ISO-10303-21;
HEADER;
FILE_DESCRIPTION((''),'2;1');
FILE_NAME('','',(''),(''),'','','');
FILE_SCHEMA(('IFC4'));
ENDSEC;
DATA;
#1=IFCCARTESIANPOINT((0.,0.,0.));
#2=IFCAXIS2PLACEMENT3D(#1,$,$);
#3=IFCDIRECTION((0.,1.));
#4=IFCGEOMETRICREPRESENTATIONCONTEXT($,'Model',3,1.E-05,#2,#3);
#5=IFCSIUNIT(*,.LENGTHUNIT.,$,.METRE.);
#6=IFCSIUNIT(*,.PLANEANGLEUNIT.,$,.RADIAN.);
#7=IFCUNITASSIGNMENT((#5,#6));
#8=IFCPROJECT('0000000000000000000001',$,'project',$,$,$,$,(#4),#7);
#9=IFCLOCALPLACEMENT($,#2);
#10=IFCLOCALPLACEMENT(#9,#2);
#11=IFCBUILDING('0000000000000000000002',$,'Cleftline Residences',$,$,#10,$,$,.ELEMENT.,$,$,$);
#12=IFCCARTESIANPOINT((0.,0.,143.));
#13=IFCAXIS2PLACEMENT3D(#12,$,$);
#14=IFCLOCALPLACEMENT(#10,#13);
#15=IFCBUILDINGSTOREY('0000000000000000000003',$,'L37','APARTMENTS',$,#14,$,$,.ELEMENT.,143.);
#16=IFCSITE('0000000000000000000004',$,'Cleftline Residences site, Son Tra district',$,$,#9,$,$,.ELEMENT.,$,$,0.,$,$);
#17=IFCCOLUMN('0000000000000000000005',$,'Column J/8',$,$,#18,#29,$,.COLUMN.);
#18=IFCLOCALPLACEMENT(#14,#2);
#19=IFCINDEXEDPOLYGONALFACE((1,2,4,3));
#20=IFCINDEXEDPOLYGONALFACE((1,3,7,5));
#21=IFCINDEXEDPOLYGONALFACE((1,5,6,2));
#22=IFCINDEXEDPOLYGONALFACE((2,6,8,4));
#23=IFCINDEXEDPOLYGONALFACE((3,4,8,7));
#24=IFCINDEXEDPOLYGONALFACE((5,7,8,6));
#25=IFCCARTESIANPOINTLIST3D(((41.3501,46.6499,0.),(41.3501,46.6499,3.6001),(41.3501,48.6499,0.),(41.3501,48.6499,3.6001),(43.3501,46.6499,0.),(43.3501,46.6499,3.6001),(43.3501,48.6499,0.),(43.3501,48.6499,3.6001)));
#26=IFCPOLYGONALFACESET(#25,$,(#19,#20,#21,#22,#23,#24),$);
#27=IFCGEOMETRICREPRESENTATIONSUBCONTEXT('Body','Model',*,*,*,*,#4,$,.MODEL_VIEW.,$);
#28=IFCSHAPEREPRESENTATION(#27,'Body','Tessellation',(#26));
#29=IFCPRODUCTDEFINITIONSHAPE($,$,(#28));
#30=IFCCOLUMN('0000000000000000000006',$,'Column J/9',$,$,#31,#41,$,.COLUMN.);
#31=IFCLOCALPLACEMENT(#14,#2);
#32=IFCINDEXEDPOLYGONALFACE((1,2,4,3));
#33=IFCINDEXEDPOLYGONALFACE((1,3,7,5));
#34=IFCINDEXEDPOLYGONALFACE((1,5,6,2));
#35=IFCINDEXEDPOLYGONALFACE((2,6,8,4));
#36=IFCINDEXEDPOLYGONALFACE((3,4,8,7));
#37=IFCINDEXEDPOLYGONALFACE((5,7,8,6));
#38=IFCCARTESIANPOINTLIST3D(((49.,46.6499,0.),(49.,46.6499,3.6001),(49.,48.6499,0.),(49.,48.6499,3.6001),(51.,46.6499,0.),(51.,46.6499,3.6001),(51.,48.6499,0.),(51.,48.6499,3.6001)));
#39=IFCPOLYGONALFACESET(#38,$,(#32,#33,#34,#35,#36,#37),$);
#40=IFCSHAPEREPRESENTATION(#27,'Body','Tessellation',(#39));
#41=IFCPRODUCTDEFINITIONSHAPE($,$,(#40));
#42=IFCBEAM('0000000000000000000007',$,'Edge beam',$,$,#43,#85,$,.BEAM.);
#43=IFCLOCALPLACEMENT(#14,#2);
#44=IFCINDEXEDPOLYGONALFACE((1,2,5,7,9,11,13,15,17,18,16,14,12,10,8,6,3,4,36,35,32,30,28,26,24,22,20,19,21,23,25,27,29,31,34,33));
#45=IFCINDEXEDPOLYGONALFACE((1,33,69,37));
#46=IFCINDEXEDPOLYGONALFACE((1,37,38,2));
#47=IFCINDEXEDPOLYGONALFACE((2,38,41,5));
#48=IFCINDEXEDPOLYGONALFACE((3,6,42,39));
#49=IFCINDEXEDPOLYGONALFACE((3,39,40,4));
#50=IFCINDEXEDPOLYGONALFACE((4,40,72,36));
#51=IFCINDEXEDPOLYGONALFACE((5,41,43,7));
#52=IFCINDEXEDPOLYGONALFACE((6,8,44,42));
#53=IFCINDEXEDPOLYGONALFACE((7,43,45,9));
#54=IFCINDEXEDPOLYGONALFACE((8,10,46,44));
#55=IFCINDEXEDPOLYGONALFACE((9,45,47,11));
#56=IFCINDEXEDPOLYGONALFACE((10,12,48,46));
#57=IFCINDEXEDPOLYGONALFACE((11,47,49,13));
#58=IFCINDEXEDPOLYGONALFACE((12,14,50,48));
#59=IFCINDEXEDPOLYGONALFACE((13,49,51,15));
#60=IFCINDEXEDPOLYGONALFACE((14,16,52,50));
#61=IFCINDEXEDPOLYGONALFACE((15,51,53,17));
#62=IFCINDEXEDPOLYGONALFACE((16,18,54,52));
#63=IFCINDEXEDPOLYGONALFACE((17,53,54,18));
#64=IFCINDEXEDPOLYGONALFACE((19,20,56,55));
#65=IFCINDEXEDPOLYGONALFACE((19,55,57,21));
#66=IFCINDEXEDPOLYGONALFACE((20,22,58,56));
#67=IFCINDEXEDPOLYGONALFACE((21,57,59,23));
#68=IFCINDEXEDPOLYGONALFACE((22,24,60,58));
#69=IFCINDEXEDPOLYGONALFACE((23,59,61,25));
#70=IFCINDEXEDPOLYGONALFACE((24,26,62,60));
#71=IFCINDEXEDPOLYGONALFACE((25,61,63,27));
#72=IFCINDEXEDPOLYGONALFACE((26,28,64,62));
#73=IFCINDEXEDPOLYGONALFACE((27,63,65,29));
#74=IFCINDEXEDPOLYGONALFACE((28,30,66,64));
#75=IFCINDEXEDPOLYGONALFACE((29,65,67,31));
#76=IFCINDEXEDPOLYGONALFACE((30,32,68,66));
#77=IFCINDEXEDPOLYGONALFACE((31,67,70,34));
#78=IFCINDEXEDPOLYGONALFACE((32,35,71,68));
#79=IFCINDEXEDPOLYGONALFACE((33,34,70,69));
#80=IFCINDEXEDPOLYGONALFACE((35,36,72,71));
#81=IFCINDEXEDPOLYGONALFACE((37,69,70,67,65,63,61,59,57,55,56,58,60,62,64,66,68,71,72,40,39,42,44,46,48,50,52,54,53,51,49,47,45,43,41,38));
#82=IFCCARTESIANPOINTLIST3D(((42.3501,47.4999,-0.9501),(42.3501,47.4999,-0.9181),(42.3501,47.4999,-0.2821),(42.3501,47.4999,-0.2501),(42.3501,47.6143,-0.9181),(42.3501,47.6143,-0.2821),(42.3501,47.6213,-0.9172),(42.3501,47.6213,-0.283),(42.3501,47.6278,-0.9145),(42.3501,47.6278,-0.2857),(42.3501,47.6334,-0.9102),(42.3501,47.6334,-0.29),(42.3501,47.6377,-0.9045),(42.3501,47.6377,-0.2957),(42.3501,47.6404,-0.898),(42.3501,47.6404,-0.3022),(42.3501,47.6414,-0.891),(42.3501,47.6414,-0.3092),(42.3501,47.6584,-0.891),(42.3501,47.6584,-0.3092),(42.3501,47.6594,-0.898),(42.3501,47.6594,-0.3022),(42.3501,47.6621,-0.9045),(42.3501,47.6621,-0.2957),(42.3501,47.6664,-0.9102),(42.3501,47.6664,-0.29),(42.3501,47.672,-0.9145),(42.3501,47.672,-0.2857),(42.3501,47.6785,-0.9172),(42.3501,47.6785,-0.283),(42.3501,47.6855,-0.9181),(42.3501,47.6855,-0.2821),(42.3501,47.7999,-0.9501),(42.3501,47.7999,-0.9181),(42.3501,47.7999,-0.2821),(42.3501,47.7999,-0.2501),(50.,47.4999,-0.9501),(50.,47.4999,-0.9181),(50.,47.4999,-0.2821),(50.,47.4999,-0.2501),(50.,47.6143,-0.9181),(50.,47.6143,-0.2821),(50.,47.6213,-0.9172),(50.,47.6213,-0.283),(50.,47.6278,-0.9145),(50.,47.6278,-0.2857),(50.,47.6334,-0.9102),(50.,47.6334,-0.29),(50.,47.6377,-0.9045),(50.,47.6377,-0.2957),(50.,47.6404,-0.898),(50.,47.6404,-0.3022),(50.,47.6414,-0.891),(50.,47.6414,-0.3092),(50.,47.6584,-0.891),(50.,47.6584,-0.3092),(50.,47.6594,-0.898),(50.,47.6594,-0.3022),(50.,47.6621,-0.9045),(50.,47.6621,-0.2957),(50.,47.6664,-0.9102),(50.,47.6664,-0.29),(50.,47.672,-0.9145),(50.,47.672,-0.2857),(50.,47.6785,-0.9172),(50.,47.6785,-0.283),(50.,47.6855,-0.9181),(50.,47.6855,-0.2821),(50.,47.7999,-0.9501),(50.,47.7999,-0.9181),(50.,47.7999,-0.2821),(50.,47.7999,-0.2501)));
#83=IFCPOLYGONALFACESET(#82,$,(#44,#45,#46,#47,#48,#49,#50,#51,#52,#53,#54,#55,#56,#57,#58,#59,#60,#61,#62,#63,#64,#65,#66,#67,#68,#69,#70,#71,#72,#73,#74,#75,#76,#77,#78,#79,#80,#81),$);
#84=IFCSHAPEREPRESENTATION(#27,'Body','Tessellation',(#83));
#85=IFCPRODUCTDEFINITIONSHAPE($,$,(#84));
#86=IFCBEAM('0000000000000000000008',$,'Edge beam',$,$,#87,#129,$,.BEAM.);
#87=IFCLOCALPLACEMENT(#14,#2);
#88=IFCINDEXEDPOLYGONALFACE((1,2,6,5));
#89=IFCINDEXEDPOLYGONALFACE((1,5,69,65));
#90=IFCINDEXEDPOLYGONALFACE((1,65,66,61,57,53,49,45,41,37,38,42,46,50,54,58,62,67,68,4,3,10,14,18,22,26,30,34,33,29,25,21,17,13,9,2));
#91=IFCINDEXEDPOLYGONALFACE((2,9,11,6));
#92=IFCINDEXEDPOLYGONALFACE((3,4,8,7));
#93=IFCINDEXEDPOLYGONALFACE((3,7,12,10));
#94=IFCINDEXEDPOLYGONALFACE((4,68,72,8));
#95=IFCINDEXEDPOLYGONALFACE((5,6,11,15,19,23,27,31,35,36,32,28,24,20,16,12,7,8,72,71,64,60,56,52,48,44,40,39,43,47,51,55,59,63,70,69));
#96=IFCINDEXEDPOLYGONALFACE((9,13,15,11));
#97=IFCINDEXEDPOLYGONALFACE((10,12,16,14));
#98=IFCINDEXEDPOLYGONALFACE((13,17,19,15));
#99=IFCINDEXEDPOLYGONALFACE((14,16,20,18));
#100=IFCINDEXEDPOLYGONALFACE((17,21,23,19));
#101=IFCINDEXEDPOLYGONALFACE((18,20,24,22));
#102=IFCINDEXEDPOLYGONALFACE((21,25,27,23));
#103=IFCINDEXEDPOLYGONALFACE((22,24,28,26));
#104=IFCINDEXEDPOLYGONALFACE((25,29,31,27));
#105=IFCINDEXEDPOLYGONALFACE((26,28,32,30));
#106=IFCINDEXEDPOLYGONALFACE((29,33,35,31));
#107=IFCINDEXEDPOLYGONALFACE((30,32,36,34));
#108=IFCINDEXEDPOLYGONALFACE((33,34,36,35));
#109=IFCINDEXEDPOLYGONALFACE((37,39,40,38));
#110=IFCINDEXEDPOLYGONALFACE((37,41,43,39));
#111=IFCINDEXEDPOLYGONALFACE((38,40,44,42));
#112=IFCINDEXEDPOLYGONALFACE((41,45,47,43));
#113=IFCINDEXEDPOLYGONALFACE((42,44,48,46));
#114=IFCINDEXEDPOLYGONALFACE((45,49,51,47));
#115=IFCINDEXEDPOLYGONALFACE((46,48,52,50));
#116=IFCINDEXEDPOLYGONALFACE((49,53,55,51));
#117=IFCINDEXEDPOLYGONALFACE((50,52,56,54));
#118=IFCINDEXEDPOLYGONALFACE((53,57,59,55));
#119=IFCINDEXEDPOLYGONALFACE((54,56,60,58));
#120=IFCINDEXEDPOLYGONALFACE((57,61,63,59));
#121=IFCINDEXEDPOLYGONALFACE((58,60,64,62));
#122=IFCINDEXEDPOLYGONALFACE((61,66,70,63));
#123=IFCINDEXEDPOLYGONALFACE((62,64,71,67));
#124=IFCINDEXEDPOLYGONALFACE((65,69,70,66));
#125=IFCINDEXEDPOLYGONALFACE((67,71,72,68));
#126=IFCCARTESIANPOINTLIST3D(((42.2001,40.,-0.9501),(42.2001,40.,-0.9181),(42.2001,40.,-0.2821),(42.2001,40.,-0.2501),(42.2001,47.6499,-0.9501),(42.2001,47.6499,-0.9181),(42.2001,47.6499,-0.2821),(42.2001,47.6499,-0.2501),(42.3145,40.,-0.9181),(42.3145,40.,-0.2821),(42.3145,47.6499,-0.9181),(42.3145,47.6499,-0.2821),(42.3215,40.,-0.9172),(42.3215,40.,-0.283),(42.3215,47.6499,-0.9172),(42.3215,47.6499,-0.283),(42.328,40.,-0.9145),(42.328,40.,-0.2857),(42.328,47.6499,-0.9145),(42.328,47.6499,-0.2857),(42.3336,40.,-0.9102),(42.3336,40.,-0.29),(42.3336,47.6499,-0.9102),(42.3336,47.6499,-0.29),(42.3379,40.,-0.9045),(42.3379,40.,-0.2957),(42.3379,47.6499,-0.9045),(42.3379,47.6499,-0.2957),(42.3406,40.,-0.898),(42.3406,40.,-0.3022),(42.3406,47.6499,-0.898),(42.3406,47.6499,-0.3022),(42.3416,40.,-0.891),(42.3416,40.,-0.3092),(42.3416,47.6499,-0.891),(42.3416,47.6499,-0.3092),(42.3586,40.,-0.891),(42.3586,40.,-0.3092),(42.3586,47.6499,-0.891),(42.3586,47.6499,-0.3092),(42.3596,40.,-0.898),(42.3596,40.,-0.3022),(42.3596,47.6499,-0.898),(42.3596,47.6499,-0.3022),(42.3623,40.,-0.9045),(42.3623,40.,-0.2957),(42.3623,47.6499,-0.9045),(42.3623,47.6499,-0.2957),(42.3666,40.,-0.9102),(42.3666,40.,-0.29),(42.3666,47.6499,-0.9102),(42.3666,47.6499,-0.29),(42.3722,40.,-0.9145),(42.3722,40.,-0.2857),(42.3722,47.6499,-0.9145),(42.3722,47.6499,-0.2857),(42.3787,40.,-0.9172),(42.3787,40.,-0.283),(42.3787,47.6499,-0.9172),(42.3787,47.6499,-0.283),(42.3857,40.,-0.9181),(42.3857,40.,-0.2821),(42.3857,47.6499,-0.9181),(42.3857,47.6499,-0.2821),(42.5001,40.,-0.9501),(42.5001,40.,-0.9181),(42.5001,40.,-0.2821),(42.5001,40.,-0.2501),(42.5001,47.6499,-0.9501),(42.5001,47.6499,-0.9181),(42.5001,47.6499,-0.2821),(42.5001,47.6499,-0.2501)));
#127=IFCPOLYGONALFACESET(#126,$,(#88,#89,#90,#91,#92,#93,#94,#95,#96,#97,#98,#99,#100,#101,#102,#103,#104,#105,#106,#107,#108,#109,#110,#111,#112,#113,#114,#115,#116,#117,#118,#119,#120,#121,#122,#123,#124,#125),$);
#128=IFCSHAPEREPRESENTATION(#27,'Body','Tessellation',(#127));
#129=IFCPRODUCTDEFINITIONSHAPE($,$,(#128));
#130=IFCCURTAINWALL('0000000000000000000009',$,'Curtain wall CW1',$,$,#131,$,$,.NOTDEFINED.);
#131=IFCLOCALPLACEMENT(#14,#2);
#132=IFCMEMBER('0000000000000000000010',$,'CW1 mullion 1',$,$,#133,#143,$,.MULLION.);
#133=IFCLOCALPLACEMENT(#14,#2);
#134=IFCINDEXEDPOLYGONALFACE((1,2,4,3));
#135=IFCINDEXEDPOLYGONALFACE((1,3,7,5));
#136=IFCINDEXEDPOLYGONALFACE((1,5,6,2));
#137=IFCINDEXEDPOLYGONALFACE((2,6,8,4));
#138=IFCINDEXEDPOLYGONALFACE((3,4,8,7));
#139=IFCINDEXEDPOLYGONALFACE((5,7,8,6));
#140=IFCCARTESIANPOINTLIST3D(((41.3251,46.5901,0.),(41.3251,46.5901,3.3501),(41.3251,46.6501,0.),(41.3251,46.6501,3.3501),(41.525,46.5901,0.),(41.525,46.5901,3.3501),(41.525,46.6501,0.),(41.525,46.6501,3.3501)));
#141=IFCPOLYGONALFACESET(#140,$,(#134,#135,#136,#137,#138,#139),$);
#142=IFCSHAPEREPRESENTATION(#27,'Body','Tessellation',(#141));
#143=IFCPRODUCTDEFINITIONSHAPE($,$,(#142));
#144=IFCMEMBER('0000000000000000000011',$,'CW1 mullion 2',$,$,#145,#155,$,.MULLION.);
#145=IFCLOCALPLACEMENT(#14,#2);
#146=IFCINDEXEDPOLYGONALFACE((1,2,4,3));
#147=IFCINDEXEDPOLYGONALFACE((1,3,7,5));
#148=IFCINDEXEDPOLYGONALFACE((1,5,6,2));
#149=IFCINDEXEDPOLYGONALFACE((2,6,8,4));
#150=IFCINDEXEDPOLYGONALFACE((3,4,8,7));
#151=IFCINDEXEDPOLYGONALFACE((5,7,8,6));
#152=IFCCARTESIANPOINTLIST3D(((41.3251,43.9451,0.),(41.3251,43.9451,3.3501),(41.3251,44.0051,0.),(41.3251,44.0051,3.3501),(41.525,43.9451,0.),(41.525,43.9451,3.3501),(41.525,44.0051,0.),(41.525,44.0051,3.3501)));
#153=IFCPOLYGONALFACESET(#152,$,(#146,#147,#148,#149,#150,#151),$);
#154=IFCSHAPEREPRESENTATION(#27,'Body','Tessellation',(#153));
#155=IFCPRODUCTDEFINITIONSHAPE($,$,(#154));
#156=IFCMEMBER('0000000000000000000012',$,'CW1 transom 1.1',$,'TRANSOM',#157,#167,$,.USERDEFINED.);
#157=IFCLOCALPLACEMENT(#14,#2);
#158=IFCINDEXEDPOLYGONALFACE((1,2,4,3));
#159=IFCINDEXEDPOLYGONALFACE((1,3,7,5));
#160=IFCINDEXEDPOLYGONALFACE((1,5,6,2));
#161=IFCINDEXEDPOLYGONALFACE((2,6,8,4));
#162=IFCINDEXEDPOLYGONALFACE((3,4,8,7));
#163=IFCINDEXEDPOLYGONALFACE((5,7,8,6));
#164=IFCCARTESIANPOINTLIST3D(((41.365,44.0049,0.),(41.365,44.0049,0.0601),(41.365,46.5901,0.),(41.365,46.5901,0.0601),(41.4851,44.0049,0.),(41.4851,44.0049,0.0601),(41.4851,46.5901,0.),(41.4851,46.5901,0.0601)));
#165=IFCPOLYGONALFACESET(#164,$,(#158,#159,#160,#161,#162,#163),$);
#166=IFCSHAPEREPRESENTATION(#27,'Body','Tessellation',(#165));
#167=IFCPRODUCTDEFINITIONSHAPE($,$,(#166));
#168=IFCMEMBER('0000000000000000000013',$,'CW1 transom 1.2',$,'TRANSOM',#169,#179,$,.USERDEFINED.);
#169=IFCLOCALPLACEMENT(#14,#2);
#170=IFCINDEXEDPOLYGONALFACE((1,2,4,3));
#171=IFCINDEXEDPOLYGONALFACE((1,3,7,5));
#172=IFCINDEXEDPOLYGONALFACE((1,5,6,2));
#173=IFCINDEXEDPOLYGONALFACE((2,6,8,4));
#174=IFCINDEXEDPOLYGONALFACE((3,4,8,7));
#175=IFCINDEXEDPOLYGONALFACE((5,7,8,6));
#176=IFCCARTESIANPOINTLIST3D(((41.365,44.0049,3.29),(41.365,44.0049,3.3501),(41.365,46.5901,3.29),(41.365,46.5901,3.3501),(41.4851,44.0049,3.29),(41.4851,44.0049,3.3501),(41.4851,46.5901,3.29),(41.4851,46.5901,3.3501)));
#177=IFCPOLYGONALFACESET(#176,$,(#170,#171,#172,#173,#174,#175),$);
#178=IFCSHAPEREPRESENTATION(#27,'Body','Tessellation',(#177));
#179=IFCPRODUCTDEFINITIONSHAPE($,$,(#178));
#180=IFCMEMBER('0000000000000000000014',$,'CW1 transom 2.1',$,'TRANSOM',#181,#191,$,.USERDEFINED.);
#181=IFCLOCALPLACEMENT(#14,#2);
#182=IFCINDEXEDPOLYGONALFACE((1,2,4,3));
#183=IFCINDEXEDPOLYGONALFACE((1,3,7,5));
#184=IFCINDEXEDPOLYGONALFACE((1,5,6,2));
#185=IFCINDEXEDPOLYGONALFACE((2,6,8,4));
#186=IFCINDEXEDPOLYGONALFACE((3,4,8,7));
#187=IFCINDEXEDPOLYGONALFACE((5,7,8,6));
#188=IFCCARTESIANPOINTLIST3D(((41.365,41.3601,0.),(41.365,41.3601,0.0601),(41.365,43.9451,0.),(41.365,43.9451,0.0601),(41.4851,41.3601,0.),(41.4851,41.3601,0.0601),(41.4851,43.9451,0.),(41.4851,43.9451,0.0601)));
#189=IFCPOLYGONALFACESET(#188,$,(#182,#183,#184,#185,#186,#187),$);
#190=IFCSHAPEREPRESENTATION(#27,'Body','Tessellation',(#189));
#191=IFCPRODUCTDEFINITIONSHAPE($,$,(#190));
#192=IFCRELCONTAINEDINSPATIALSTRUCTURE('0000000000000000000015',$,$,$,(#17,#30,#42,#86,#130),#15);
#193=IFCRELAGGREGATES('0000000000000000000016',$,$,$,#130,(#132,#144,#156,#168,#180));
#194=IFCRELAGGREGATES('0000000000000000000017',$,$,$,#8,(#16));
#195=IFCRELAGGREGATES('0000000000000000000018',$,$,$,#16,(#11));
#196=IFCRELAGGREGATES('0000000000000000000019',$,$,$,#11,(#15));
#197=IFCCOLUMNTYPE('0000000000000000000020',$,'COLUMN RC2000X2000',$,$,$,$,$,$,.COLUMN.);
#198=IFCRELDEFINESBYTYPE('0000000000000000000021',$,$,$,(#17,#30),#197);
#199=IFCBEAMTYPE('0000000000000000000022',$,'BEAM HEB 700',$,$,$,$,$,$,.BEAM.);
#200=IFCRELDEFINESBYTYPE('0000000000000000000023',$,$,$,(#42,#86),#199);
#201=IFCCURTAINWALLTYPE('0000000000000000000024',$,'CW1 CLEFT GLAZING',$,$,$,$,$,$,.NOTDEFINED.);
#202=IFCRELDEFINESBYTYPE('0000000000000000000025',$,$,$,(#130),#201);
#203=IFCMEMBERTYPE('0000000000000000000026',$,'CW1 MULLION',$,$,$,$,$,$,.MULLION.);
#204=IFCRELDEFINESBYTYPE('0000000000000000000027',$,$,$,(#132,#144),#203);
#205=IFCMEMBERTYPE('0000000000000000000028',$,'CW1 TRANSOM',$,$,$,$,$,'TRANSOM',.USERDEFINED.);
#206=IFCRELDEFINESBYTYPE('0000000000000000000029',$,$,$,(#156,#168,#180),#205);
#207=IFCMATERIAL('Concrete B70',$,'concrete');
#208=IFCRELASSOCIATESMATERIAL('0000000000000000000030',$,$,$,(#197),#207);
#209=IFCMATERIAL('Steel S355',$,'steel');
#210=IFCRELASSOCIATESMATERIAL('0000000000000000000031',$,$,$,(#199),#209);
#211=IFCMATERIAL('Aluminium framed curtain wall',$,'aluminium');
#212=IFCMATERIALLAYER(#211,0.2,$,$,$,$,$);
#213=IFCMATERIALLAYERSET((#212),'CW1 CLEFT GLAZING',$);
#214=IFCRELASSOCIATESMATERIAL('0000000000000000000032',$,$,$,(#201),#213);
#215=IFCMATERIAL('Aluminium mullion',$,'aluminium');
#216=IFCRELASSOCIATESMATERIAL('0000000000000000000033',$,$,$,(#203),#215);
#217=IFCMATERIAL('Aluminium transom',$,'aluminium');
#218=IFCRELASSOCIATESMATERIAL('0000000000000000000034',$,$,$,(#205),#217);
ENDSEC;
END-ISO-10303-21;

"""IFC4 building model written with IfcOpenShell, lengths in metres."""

from ifc_helpers import new_model, si_unit, direction, frame, origin, origin_2d, place, context, subcontext, project, spatial, rectangle, i_section, extrude, material, layer, layer_set, material_profile, profile_set, type_object, element, aggregate, save


model = new_model("IFC4")

# Units and contexts
model_context = context("Model", 3, precision=1e-05, world=origin(), true_north=direction((0.0, 1.0)))
body_context = subcontext(model_context, "Body", "Model", "MODEL_VIEW")
ifc_project = project(units=[si_unit("LENGTHUNIT", "METRE"), si_unit("PLANEANGLEUNIT", "RADIAN")], contexts=[model_context])

# Site, building, storey
site_placement = place(None, origin())
site = spatial("IfcSite", under=ifc_project, at=site_placement, Name="Cleftline Residences site, Son Tra district", CompositionType="ELEMENT", RefElevation=0.0)
building_placement = place(site_placement, origin())
building = spatial("IfcBuilding", under=site, at=building_placement, Name="Cleftline Residences", CompositionType="ELEMENT")
storey_placement = place(building_placement, frame((0.0, 0.0, 143.0)))
storey = spatial("IfcBuildingStorey", under=building, at=storey_placement, Name="L37", Description="APARTMENTS", CompositionType="ELEMENT", Elevation=143.0)

# Columns
ifc_material_1 = material(Name="Concrete B70", Category="concrete")
ifc_material_profile_1 = material_profile(ifc_material_1, rectangle(XDim=2.0, YDim=2.0, at=origin_2d()))
ifc_profile_set_1 = profile_set([ifc_material_profile_1], Name="Concrete B70")
column_type = type_object("IfcColumnType", Name="COLUMN RC2000X2000", PredefinedType="COLUMN", material=ifc_profile_set_1)
for number, where, z_axis, x_axis, name in (
    (1, (42.3501, 47.6499, 0.0), (0.0, 0.0, 1.0), (1.0, 0.0, 0.0), "Column J/8"),
    (2, (50.0, 47.6499, 0.0), (0.0, 0.0, 1.0), (1.0, 0.0, 0.0), "Column J/9"),
):
    element("IfcColumn", number, at=place(storey_placement, frame(where, z_axis=z_axis, x_axis=x_axis)), inside=storey, type_object=column_type, Name=name, PredefinedType="COLUMN", context=body_context, shape_type="SweptSolid", body=[
        extrude(rectangle(XDim=2.0, YDim=2.0, at=origin_2d()), origin(), (0.0, 0.0, 1.0), 3.6001),
    ])

# Beams
ifc_material_2 = material(Name="Steel S355", Category="steel")
ifc_material_profile_2 = material_profile(ifc_material_2, i_section(OverallWidth=0.3, OverallDepth=0.7, WebThickness=0.0171, FlangeThickness=0.032, FilletRadius=0.0271, at=origin_2d()))
ifc_profile_set_2 = profile_set([ifc_material_profile_2], Name="Steel S355")
beam_type = type_object("IfcBeamType", Name="BEAM HEB 700", PredefinedType="BEAM", material=ifc_profile_set_2)
for number, where, z_axis, x_axis, name in (
    (3, (50.0, 47.6499, -0.6001), (-1.0, 0.0, 0.0), (0.0, -1.0, 0.0), "Edge beam"),
    (4, (42.3501, 47.6499, -0.6001), (0.0, -1.0, 0.0), (1.0, 0.0, 0.0), "Edge beam"),
):
    element("IfcBeam", number, at=place(storey_placement, frame(where, z_axis=z_axis, x_axis=x_axis)), inside=storey, type_object=beam_type, Name=name, PredefinedType="BEAM", context=body_context, shape_type="SweptSolid", body=[
        extrude(i_section(OverallWidth=0.3, OverallDepth=0.7, WebThickness=0.0171, FlangeThickness=0.032, FilletRadius=0.0271, at=origin_2d()), origin(), (0.0, 0.0, 1.0), 7.6499),
    ])

# Curtain wall, members
ifc_material_3 = material(Name="Aluminium framed curtain wall", Category="aluminium")
ifc_layer_1 = layer(ifc_material_3, 0.2)
ifc_layer_set_1 = layer_set([ifc_layer_1], Name="CW1 CLEFT GLAZING")
curtain_wall_type = type_object("IfcCurtainWallType", Name="CW1 CLEFT GLAZING", PredefinedType="NOTDEFINED", material=ifc_layer_set_1)
curtain_wall_placement = place(storey_placement, origin())
curtain_wall = element("IfcCurtainWall", 5, at=curtain_wall_placement, inside=storey, type_object=curtain_wall_type, Name="Curtain wall CW1", PredefinedType="NOTDEFINED")
ifc_material_4 = material(Name="Aluminium mullion", Category="aluminium")
ifc_material_profile_3 = material_profile(ifc_material_4, rectangle(XDim=0.2, YDim=0.0601, at=origin_2d()))
ifc_profile_set_3 = profile_set([ifc_material_profile_3], Name="Aluminium mullion")
member_type_1 = type_object("IfcMemberType", Name="CW1 MULLION", PredefinedType="MULLION", material=ifc_profile_set_3)
member_1_placement = place(storey_placement, frame((41.425, 46.6201, 0.0), z_axis=(0.0, 0.0, 1.0), x_axis=(1.0, 0.0, 0.0)))
member_1 = element("IfcMember", 6, at=member_1_placement, type_object=member_type_1, Name="CW1 mullion 1", PredefinedType="MULLION", context=body_context, shape_type="SweptSolid", body=[
    extrude(rectangle(XDim=0.2, YDim=0.0601, at=origin_2d()), origin(), (0.0, 0.0, 1.0), 3.3501),
])
member_2_placement = place(storey_placement, frame((41.425, 43.9751, 0.0), z_axis=(0.0, 0.0, 1.0), x_axis=(1.0, 0.0, 0.0)))
member_2 = element("IfcMember", 7, at=member_2_placement, type_object=member_type_1, Name="CW1 mullion 2", PredefinedType="MULLION", context=body_context, shape_type="SweptSolid", body=[
    extrude(rectangle(XDim=0.2, YDim=0.0601, at=origin_2d()), origin(), (0.0, 0.0, 1.0), 3.3501),
])
ifc_material_5 = material(Name="Aluminium transom", Category="aluminium")
ifc_material_profile_4 = material_profile(ifc_material_5, rectangle(XDim=0.1201, YDim=0.0601, at=origin_2d()))
ifc_profile_set_4 = profile_set([ifc_material_profile_4], Name="Aluminium transom")
member_type_2 = type_object("IfcMemberType", Name="CW1 TRANSOM", ElementType="TRANSOM", PredefinedType="USERDEFINED", material=ifc_profile_set_4)
member_3_placement = place(storey_placement, frame((41.425, 46.5901, 0.03), z_axis=(0.0, -1.0, 0.0), x_axis=(1.0, 0.0, 0.0)))
member_3 = element("IfcMember", 8, at=member_3_placement, type_object=member_type_2, Name="CW1 transom 1.1", ObjectType="TRANSOM", PredefinedType="USERDEFINED", context=body_context, shape_type="SweptSolid", body=[
    extrude(rectangle(XDim=0.1201, YDim=0.0601, at=origin_2d()), origin(), (0.0, 0.0, 1.0), 2.5852),
])
member_4_placement = place(storey_placement, frame((41.425, 46.5901, 3.3201), z_axis=(0.0, -1.0, 0.0), x_axis=(1.0, 0.0, 0.0)))
member_4 = element("IfcMember", 9, at=member_4_placement, type_object=member_type_2, Name="CW1 transom 1.2", ObjectType="TRANSOM", PredefinedType="USERDEFINED", context=body_context, shape_type="SweptSolid", body=[
    extrude(rectangle(XDim=0.1201, YDim=0.0601, at=origin_2d()), origin(), (0.0, 0.0, 1.0), 2.5852),
])
member_5_placement = place(storey_placement, frame((41.425, 43.9451, 0.03), z_axis=(0.0, -1.0, 0.0), x_axis=(1.0, 0.0, 0.0)))
member_5 = element("IfcMember", 10, at=member_5_placement, type_object=member_type_2, Name="CW1 transom 2.1", ObjectType="TRANSOM", PredefinedType="USERDEFINED", context=body_context, shape_type="SweptSolid", body=[
    extrude(rectangle(XDim=0.1201, YDim=0.0601, at=origin_2d()), origin(), (0.0, 0.0, 1.0), 2.585),
])
aggregate(curtain_wall, [member_1, member_2, member_3, member_4, member_5])

save(model, "model.ifc")
